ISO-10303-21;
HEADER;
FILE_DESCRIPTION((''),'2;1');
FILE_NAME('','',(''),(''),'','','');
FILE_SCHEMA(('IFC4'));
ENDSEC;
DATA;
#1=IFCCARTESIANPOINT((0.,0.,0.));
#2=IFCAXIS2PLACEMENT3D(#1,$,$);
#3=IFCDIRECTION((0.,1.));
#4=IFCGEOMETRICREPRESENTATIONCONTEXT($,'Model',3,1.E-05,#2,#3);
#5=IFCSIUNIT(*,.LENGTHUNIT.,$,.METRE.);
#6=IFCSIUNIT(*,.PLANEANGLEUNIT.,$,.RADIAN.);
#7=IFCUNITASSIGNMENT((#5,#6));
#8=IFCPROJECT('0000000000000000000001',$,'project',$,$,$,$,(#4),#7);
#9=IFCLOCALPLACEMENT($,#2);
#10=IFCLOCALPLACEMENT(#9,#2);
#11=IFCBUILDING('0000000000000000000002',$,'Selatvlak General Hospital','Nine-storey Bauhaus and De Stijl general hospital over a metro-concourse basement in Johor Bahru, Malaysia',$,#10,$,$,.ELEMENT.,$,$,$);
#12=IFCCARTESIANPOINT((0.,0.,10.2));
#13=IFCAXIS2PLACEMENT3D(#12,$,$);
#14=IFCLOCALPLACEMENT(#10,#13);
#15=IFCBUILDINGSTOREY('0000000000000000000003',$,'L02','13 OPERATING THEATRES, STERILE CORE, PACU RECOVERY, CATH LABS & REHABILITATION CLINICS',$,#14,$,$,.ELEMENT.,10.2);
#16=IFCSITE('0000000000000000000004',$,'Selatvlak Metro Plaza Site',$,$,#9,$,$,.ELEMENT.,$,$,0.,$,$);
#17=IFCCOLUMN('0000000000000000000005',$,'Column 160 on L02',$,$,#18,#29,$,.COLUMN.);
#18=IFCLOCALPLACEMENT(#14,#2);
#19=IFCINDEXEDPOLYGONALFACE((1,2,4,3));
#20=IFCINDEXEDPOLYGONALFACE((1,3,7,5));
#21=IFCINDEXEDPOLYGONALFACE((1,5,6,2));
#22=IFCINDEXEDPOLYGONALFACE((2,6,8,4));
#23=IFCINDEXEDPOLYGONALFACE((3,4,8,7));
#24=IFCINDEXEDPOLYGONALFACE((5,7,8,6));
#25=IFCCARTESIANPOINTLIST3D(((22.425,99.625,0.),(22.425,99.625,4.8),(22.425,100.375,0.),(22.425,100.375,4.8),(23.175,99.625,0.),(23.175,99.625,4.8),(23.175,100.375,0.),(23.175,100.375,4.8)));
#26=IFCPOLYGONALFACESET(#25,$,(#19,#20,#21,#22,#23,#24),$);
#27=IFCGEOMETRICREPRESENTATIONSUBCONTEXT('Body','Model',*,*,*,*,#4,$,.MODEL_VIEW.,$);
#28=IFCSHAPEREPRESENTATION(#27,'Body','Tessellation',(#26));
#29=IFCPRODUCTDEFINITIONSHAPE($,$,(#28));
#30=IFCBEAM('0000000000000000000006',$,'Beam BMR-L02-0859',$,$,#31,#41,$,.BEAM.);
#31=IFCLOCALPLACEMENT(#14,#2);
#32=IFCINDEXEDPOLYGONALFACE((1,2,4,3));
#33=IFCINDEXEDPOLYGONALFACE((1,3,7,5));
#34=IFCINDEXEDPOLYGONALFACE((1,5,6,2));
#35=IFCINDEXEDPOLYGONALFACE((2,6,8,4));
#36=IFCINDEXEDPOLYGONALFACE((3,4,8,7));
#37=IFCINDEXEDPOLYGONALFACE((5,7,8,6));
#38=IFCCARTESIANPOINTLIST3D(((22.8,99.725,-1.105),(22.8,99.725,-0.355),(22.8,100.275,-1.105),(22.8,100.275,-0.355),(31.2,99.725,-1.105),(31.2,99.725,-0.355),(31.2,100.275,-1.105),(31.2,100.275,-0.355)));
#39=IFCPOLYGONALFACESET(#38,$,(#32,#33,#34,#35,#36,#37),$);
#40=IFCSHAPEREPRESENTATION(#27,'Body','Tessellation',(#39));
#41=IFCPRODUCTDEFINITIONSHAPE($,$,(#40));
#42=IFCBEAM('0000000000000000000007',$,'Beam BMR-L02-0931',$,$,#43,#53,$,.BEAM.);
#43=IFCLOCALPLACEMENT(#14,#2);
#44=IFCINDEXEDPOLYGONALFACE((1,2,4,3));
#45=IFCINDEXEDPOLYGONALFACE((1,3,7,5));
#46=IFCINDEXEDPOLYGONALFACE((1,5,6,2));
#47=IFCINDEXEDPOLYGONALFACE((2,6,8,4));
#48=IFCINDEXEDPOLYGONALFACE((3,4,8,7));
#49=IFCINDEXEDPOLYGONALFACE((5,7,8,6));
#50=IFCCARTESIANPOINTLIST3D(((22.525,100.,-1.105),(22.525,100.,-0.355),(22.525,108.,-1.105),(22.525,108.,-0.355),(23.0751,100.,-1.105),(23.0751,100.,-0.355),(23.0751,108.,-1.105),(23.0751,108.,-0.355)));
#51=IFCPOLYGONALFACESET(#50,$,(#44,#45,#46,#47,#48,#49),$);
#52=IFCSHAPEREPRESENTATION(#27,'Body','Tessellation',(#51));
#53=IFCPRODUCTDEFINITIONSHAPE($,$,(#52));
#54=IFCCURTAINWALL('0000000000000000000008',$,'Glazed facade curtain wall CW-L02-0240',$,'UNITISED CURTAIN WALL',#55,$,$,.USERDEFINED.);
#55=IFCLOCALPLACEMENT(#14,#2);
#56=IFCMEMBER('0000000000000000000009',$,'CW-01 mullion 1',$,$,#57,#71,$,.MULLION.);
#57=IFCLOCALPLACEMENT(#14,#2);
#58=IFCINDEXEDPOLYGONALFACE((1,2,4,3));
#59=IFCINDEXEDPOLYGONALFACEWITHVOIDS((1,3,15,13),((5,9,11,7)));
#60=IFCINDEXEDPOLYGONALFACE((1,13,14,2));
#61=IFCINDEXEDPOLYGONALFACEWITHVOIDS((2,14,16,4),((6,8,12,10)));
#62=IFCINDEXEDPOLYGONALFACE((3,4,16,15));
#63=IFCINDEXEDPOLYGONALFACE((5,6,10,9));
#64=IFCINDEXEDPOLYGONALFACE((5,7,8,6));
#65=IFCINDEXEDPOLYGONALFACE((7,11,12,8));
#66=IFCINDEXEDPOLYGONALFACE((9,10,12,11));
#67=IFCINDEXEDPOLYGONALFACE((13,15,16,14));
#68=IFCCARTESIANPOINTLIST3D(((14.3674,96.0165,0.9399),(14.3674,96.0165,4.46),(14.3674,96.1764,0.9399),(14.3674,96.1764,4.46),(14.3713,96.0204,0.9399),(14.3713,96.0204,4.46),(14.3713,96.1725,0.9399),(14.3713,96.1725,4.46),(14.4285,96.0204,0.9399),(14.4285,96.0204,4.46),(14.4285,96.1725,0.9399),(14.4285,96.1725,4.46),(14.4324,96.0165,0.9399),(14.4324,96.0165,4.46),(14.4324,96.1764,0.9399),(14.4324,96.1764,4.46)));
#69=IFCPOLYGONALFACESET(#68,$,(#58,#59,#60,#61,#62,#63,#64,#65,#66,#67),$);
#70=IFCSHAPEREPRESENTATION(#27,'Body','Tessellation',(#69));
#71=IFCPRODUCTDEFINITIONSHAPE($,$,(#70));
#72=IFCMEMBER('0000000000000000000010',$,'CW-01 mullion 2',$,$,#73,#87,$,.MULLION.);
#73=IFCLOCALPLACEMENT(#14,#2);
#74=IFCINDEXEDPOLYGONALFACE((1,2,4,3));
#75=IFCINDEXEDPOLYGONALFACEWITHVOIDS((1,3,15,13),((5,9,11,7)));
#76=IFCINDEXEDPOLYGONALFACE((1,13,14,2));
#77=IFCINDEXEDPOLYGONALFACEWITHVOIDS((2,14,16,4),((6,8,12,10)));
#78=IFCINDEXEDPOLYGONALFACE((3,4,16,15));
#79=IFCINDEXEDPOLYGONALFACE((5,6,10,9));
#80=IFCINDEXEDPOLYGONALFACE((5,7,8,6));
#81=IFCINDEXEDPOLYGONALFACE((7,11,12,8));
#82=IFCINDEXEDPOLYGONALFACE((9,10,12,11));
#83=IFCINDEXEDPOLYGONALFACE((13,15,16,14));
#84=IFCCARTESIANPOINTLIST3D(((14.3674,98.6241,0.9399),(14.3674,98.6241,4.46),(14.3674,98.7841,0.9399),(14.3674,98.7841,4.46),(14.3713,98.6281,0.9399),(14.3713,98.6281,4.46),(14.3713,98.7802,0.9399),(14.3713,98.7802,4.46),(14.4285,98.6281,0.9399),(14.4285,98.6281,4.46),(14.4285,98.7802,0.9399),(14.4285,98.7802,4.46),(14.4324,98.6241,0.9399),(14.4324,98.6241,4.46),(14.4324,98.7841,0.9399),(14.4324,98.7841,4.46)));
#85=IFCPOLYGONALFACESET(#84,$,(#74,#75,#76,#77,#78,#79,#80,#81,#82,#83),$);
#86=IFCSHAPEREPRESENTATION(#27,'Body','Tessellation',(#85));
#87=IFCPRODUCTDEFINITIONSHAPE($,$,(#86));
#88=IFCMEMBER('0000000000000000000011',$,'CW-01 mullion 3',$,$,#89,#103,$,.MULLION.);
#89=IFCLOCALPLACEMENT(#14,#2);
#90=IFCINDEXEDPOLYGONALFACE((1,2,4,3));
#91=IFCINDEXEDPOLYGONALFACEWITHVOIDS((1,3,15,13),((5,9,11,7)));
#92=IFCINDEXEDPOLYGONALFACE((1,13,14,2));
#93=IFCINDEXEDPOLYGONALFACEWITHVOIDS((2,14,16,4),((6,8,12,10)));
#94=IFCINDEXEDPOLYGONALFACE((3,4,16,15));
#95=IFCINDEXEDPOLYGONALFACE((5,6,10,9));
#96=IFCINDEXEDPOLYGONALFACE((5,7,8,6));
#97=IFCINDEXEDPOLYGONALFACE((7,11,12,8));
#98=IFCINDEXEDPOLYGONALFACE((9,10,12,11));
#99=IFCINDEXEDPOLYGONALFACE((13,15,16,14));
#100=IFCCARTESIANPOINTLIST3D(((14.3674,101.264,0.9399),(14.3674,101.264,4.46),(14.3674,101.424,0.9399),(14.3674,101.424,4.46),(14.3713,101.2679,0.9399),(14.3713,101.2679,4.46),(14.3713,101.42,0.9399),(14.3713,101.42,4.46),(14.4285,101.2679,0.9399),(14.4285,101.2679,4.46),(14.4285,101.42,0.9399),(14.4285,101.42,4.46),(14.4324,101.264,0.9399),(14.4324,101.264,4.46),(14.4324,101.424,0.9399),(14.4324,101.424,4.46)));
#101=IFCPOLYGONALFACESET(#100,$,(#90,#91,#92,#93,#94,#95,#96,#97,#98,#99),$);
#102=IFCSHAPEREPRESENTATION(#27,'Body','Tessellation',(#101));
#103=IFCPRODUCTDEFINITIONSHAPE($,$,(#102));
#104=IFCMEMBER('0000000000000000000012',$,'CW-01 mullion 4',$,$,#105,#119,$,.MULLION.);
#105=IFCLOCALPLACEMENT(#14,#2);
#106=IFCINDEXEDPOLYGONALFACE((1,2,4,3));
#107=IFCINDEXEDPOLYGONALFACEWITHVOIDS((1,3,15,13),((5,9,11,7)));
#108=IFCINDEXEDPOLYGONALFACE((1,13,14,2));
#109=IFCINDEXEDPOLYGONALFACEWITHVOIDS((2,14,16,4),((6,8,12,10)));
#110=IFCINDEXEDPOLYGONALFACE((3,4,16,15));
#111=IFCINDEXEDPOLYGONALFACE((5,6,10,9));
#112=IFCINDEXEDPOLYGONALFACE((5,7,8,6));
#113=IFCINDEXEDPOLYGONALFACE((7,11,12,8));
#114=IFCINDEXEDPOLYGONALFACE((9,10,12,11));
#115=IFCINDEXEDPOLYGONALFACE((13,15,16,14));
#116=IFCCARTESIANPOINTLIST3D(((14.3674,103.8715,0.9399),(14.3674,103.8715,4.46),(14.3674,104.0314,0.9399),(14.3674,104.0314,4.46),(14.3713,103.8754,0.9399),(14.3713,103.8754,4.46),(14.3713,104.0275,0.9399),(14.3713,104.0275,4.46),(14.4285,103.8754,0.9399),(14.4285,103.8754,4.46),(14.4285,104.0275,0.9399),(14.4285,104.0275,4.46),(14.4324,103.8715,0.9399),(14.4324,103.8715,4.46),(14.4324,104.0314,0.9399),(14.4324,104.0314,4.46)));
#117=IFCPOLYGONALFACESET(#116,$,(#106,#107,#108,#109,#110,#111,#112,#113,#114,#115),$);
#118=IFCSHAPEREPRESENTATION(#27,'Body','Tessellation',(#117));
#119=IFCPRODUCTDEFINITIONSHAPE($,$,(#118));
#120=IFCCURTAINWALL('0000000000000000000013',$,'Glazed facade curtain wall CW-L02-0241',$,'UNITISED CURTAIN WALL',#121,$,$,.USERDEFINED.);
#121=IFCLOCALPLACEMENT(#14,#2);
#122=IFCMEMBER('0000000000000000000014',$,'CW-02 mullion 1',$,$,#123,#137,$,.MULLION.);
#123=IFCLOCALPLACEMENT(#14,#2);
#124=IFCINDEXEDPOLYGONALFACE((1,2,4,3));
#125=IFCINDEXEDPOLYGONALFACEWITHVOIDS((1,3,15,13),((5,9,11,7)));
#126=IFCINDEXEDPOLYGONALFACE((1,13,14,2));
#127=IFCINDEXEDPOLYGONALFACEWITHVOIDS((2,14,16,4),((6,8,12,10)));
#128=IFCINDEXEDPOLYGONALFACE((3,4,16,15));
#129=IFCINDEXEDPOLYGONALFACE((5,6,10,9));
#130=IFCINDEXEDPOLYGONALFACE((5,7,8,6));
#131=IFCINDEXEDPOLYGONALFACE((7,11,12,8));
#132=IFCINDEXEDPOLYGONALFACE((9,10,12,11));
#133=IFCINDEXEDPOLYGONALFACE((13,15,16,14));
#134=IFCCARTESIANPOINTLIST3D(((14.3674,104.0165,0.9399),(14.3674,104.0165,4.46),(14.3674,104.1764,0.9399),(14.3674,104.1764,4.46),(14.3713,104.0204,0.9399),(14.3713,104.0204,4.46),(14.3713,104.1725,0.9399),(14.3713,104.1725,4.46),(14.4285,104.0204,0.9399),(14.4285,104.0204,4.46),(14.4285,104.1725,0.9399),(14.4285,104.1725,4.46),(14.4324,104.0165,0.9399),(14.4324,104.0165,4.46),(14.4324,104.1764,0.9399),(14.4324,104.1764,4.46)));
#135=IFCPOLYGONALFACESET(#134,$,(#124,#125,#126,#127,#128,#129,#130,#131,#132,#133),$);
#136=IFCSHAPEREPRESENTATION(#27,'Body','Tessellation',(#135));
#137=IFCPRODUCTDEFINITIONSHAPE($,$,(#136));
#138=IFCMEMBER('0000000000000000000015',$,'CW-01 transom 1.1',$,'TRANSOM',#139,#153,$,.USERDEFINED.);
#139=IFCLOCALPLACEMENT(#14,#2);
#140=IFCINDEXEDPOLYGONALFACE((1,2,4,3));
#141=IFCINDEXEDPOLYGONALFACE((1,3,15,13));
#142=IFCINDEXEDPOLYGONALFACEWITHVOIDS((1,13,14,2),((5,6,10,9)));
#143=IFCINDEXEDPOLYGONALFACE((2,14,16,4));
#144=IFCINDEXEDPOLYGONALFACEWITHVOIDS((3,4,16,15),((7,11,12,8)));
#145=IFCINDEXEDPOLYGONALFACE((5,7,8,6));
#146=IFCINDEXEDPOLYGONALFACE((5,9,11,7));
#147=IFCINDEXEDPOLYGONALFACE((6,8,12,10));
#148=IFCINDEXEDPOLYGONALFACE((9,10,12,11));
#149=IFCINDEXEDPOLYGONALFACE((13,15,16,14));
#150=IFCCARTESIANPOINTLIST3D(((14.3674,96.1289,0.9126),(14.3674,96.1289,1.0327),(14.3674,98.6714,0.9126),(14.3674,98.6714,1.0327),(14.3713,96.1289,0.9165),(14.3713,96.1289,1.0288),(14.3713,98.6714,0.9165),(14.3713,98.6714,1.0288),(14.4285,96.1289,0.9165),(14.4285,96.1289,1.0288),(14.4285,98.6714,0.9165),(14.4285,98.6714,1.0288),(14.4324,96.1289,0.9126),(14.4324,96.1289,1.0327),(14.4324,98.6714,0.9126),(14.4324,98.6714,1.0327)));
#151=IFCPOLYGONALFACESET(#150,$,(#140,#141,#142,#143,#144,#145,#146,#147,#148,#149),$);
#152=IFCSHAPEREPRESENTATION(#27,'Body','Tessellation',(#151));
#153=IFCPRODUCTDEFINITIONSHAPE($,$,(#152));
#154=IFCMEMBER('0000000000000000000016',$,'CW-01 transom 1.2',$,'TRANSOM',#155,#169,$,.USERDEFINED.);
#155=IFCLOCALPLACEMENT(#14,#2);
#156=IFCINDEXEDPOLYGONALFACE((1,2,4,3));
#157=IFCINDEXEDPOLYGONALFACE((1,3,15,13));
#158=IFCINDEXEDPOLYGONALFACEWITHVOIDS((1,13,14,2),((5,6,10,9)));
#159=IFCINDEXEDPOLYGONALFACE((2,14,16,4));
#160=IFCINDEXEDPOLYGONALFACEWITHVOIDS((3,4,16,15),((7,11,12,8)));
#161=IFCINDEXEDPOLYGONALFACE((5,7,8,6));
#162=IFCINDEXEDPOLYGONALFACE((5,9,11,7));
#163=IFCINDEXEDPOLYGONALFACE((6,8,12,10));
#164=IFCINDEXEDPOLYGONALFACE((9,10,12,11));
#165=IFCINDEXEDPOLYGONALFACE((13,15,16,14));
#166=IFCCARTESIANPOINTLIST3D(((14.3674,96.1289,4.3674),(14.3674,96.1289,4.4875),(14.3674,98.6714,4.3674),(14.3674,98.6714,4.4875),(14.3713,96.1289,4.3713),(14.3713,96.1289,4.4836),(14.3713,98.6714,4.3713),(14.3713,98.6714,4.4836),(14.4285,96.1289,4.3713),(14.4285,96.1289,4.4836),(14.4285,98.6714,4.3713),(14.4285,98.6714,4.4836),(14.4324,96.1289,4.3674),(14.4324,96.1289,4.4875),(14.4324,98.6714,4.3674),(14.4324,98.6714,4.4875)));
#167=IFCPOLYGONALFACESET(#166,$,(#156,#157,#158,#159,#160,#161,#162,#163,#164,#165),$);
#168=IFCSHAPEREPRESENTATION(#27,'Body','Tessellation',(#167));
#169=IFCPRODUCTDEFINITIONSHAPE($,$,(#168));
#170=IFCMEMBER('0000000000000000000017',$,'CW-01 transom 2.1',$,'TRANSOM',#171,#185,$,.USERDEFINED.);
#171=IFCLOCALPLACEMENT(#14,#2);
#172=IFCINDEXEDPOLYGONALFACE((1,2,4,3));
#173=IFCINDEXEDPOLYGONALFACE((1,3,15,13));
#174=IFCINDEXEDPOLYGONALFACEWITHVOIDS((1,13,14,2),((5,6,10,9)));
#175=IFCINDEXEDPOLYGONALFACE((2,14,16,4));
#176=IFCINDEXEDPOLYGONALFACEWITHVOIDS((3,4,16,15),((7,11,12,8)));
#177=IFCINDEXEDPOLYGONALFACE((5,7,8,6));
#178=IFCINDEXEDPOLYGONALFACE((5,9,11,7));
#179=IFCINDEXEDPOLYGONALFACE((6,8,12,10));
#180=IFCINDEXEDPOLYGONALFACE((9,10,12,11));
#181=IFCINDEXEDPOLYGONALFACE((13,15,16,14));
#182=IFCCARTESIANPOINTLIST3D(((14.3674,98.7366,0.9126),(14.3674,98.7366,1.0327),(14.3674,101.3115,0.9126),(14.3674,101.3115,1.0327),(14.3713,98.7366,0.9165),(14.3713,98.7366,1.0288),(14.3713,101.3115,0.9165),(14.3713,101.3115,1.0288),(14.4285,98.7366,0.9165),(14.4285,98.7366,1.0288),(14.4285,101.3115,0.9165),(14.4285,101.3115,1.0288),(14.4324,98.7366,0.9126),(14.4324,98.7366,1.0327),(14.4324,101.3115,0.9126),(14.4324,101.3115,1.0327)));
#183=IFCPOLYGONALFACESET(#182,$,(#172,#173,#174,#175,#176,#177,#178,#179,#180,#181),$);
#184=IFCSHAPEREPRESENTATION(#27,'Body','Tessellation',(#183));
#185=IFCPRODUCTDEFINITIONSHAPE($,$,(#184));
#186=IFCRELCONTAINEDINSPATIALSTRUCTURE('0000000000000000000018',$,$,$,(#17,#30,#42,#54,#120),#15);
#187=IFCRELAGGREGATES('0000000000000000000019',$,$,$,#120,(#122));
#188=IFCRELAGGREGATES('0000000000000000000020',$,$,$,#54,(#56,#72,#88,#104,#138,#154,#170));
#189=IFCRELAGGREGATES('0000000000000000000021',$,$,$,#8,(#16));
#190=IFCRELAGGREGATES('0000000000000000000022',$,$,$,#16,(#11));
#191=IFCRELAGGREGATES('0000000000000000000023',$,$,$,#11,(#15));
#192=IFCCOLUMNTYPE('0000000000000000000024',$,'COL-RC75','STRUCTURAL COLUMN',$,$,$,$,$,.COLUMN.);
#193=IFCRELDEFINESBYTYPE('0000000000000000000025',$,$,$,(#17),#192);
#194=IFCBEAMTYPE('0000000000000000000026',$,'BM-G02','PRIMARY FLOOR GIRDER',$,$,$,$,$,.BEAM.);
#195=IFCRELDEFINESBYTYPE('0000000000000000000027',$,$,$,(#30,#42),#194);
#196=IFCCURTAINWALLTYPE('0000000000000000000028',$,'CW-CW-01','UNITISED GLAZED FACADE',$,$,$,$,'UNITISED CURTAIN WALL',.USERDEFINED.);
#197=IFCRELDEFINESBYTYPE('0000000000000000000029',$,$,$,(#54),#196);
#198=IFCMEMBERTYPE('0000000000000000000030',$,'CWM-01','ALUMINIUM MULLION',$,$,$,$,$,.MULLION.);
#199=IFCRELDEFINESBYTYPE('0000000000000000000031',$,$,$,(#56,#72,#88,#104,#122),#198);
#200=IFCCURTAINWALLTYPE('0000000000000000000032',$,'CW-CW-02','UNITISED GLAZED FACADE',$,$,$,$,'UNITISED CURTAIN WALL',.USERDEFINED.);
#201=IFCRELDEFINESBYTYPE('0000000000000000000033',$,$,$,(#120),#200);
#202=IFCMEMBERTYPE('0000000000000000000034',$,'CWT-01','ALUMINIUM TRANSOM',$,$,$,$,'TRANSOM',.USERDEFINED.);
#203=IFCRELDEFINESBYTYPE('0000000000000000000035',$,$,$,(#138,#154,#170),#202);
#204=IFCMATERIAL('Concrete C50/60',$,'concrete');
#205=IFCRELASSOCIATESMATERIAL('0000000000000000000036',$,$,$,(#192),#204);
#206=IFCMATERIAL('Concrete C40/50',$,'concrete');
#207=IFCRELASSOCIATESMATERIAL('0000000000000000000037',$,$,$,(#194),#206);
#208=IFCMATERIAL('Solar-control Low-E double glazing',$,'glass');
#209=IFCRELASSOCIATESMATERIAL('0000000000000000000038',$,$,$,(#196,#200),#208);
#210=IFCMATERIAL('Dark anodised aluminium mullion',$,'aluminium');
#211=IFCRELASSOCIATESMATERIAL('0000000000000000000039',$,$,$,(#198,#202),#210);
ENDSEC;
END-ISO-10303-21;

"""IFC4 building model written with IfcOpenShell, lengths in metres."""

from ifc_helpers import new_model, si_unit, direction, frame, origin, origin_2d, place, context, subcontext, project, spatial, rectangle, hollow_rectangle, extrude, material, material_profile, profile_set, type_object, element, aggregate, save


model = new_model("IFC4")

# Units and contexts
model_context = context("Model", 3, precision=1e-05, world=origin(), true_north=direction((0.0, 1.0)))
body_context = subcontext(model_context, "Body", "Model", "MODEL_VIEW")
ifc_project = project(units=[si_unit("LENGTHUNIT", "METRE"), si_unit("PLANEANGLEUNIT", "RADIAN")], contexts=[model_context])

# Site, building, storey
site_placement = place(None, origin())
site = spatial("IfcSite", under=ifc_project, at=site_placement, Name="Selatvlak Metro Plaza Site", CompositionType="ELEMENT", RefElevation=0.0)
building_placement = place(site_placement, origin())
building = spatial("IfcBuilding", under=site, at=building_placement, Name="Selatvlak General Hospital", Description="Nine-storey Bauhaus and De Stijl general hospital over a metro-concourse basement in Johor Bahru, Malaysia", CompositionType="ELEMENT")
storey_placement = place(building_placement, frame((0.0, 0.0, 10.2)))
storey = spatial("IfcBuildingStorey", under=building, at=storey_placement, Name="L02", Description="13 OPERATING THEATRES, STERILE CORE, PACU RECOVERY, CATH LABS & REHABILITATION CLINICS", CompositionType="ELEMENT", Elevation=10.2)

# Column
ifc_material_1 = material(Name="Concrete C50/60", Category="concrete")
ifc_material_profile_1 = material_profile(ifc_material_1, rectangle(XDim=0.75, YDim=0.75, at=origin_2d()), Name="RC-COL 750x750")
ifc_profile_set_1 = profile_set([ifc_material_profile_1], Name="Concrete C50/60")
column_type = type_object("IfcColumnType", Name="COL-RC75", Description="STRUCTURAL COLUMN", PredefinedType="COLUMN", material=ifc_profile_set_1)
column_placement = place(storey_placement, frame((22.8, 100.0, 0.0), z_axis=(0.0, 0.0, 1.0), x_axis=(1.0, 0.0, 0.0)))
element("IfcColumn", 1, at=column_placement, inside=storey, type_object=column_type, Name="Column 160 on L02", PredefinedType="COLUMN", context=body_context, shape_type="SweptSolid", body=[
    extrude(rectangle(XDim=0.75, YDim=0.75, at=origin_2d()), origin(), (0.0, 0.0, 1.0), 4.8),
])

# Beams
ifc_material_2 = material(Name="Concrete C40/50", Category="concrete")
ifc_material_profile_2 = material_profile(ifc_material_2, rectangle(XDim=0.55, YDim=0.75, at=origin_2d()), Name="RC-BM 550x750")
ifc_profile_set_2 = profile_set([ifc_material_profile_2], Name="Concrete C40/50")
beam_type = type_object("IfcBeamType", Name="BM-G02", Description="PRIMARY FLOOR GIRDER", PredefinedType="BEAM", material=ifc_profile_set_2)
beam_1_placement = place(storey_placement, frame((22.8, 100.0, -0.73), z_axis=(1.0, 0.0, 0.0), x_axis=(0.0, 1.0, 0.0)))
element("IfcBeam", 2, at=beam_1_placement, inside=storey, type_object=beam_type, Name="Beam BMR-L02-0859", PredefinedType="BEAM", context=body_context, shape_type="SweptSolid", body=[
    extrude(rectangle(XDim=0.55, YDim=0.75, at=origin_2d()), origin(), (0.0, 0.0, 1.0), 8.3999),
])
beam_2_placement = place(storey_placement, frame((22.8, 100.0, -0.73), z_axis=(0.0, 1.0, 0.0), x_axis=(-1.0, 0.0, 0.0)))
element("IfcBeam", 3, at=beam_2_placement, inside=storey, type_object=beam_type, Name="Beam BMR-L02-0931", PredefinedType="BEAM", context=body_context, shape_type="SweptSolid", body=[
    extrude(rectangle(XDim=0.55, YDim=0.75, at=origin_2d()), origin(), (0.0, 0.0, 1.0), 8.0),
])

# Curtain wall, members
ifc_material_3 = material(Name="Solar-control Low-E double glazing", Category="glass")
curtain_wall_type_1 = type_object("IfcCurtainWallType", Name="CW-CW-01", Description="UNITISED GLAZED FACADE", ElementType="UNITISED CURTAIN WALL", PredefinedType="USERDEFINED", material=ifc_material_3)
curtain_wall_1_placement = place(storey_placement, origin())
curtain_wall_1 = element("IfcCurtainWall", 4, at=curtain_wall_1_placement, inside=storey, type_object=curtain_wall_type_1, Name="Glazed facade curtain wall CW-L02-0240", ObjectType="UNITISED CURTAIN WALL", PredefinedType="USERDEFINED")
ifc_material_4 = material(Name="Dark anodised aluminium mullion", Category="aluminium")
ifc_material_profile_3 = material_profile(ifc_material_4, hollow_rectangle(XDim=0.0649, YDim=0.1599, WallThickness=0.0039, at=origin_2d()), Name="AL-MUL 65x160x4")
ifc_profile_set_3 = profile_set([ifc_material_profile_3], Name="Dark anodised aluminium mullion")
member_type_1 = type_object("IfcMemberType", Name="CWM-01", Description="ALUMINIUM MULLION", PredefinedType="MULLION", material=ifc_profile_set_3)
member_1_placement = place(storey_placement, frame((14.3999, 96.0964, 0.9399), z_axis=(0.0, 0.0, 1.0), x_axis=(-1.0, 0.0, 0.0)))
member_1 = element("IfcMember", 5, at=member_1_placement, type_object=member_type_1, Name="CW-01 mullion 1", PredefinedType="MULLION", context=body_context, shape_type="SweptSolid", body=[
    extrude(hollow_rectangle(XDim=0.0649, YDim=0.1599, WallThickness=0.0039, at=origin_2d()), origin(), (0.0, 0.0, 1.0), 3.52),
])
member_2_placement = place(storey_placement, frame((14.3999, 98.7041, 0.9399), z_axis=(0.0, 0.0, 1.0), x_axis=(-1.0, 0.0, 0.0)))
member_2 = element("IfcMember", 6, at=member_2_placement, type_object=member_type_1, Name="CW-01 mullion 2", PredefinedType="MULLION", context=body_context, shape_type="SweptSolid", body=[
    extrude(hollow_rectangle(XDim=0.0649, YDim=0.1599, WallThickness=0.0039, at=origin_2d()), origin(), (0.0, 0.0, 1.0), 3.52),
])
member_3_placement = place(storey_placement, frame((14.3999, 101.344, 0.9399), z_axis=(0.0, 0.0, 1.0), x_axis=(-1.0, 0.0, 0.0)))
member_3 = element("IfcMember", 7, at=member_3_placement, type_object=member_type_1, Name="CW-01 mullion 3", PredefinedType="MULLION", context=body_context, shape_type="SweptSolid", body=[
    extrude(hollow_rectangle(XDim=0.0649, YDim=0.1599, WallThickness=0.0039, at=origin_2d()), origin(), (0.0, 0.0, 1.0), 3.52),
])
member_4_placement = place(storey_placement, frame((14.3999, 103.9514, 0.9399), z_axis=(0.0, 0.0, 1.0), x_axis=(-1.0, 0.0, 0.0)))
member_4 = element("IfcMember", 8, at=member_4_placement, type_object=member_type_1, Name="CW-01 mullion 4", PredefinedType="MULLION", context=body_context, shape_type="SweptSolid", body=[
    extrude(hollow_rectangle(XDim=0.0649, YDim=0.1599, WallThickness=0.0039, at=origin_2d()), origin(), (0.0, 0.0, 1.0), 3.52),
])

# Curtain wall, member
curtain_wall_type_2 = type_object("IfcCurtainWallType", Name="CW-CW-02", Description="UNITISED GLAZED FACADE", ElementType="UNITISED CURTAIN WALL", PredefinedType="USERDEFINED", material=ifc_material_3)
curtain_wall_2_placement = place(storey_placement, origin())
curtain_wall_2 = element("IfcCurtainWall", 9, at=curtain_wall_2_placement, inside=storey, type_object=curtain_wall_type_2, Name="Glazed facade curtain wall CW-L02-0241", ObjectType="UNITISED CURTAIN WALL", PredefinedType="USERDEFINED")
member_5_placement = place(storey_placement, frame((14.3999, 104.0964, 0.9399), z_axis=(0.0, 0.0, 1.0), x_axis=(-1.0, 0.0, 0.0)))
member_5 = element("IfcMember", 10, at=member_5_placement, type_object=member_type_1, Name="CW-02 mullion 1", PredefinedType="MULLION", context=body_context, shape_type="SweptSolid", body=[
    extrude(hollow_rectangle(XDim=0.0649, YDim=0.1599, WallThickness=0.0039, at=origin_2d()), origin(), (0.0, 0.0, 1.0), 3.52),
])

# Members
ifc_material_profile_4 = material_profile(ifc_material_4, hollow_rectangle(XDim=0.0649, YDim=0.1201, WallThickness=0.0039, at=origin_2d()), Name="AL-TRN 65x120x4")
ifc_profile_set_4 = profile_set([ifc_material_profile_4], Name="Dark anodised aluminium mullion")
member_type_2 = type_object("IfcMemberType", Name="CWT-01", Description="ALUMINIUM TRANSOM", ElementType="TRANSOM", PredefinedType="USERDEFINED", material=ifc_profile_set_4)
member_6_placement = place(storey_placement, frame((14.3999, 96.1289, 0.9727), z_axis=(0.0, 1.0, 0.0), x_axis=(-1.0, 0.0, 0.0)))
member_6 = element("IfcMember", 11, at=member_6_placement, type_object=member_type_2, Name="CW-01 transom 1.1", ObjectType="TRANSOM", PredefinedType="USERDEFINED", context=body_context, shape_type="SweptSolid", body=[
    extrude(hollow_rectangle(XDim=0.0649, YDim=0.1201, WallThickness=0.0039, at=origin_2d()), origin(), (0.0, 0.0, 1.0), 2.5425),
])
member_7_placement = place(storey_placement, frame((14.3999, 96.1289, 4.4275), z_axis=(0.0, 1.0, 0.0), x_axis=(-1.0, 0.0, 0.0)))
member_7 = element("IfcMember", 12, at=member_7_placement, type_object=member_type_2, Name="CW-01 transom 1.2", ObjectType="TRANSOM", PredefinedType="USERDEFINED", context=body_context, shape_type="SweptSolid", body=[
    extrude(hollow_rectangle(XDim=0.0649, YDim=0.1201, WallThickness=0.0039, at=origin_2d()), origin(), (0.0, 0.0, 1.0), 2.5425),
])
member_8_placement = place(storey_placement, frame((14.3999, 98.7366, 0.9727), z_axis=(0.0, 1.0, 0.0), x_axis=(-1.0, 0.0, 0.0)))
member_8 = element("IfcMember", 13, at=member_8_placement, type_object=member_type_2, Name="CW-01 transom 2.1", ObjectType="TRANSOM", PredefinedType="USERDEFINED", context=body_context, shape_type="SweptSolid", body=[
    extrude(hollow_rectangle(XDim=0.0649, YDim=0.1201, WallThickness=0.0039, at=origin_2d()), origin(), (0.0, 0.0, 1.0), 2.575),
])
aggregate(curtain_wall_2, [member_5])

aggregate(curtain_wall_1, [member_1, member_2, member_3, member_4, member_6, member_7, member_8])

save(model, "model.ifc")
